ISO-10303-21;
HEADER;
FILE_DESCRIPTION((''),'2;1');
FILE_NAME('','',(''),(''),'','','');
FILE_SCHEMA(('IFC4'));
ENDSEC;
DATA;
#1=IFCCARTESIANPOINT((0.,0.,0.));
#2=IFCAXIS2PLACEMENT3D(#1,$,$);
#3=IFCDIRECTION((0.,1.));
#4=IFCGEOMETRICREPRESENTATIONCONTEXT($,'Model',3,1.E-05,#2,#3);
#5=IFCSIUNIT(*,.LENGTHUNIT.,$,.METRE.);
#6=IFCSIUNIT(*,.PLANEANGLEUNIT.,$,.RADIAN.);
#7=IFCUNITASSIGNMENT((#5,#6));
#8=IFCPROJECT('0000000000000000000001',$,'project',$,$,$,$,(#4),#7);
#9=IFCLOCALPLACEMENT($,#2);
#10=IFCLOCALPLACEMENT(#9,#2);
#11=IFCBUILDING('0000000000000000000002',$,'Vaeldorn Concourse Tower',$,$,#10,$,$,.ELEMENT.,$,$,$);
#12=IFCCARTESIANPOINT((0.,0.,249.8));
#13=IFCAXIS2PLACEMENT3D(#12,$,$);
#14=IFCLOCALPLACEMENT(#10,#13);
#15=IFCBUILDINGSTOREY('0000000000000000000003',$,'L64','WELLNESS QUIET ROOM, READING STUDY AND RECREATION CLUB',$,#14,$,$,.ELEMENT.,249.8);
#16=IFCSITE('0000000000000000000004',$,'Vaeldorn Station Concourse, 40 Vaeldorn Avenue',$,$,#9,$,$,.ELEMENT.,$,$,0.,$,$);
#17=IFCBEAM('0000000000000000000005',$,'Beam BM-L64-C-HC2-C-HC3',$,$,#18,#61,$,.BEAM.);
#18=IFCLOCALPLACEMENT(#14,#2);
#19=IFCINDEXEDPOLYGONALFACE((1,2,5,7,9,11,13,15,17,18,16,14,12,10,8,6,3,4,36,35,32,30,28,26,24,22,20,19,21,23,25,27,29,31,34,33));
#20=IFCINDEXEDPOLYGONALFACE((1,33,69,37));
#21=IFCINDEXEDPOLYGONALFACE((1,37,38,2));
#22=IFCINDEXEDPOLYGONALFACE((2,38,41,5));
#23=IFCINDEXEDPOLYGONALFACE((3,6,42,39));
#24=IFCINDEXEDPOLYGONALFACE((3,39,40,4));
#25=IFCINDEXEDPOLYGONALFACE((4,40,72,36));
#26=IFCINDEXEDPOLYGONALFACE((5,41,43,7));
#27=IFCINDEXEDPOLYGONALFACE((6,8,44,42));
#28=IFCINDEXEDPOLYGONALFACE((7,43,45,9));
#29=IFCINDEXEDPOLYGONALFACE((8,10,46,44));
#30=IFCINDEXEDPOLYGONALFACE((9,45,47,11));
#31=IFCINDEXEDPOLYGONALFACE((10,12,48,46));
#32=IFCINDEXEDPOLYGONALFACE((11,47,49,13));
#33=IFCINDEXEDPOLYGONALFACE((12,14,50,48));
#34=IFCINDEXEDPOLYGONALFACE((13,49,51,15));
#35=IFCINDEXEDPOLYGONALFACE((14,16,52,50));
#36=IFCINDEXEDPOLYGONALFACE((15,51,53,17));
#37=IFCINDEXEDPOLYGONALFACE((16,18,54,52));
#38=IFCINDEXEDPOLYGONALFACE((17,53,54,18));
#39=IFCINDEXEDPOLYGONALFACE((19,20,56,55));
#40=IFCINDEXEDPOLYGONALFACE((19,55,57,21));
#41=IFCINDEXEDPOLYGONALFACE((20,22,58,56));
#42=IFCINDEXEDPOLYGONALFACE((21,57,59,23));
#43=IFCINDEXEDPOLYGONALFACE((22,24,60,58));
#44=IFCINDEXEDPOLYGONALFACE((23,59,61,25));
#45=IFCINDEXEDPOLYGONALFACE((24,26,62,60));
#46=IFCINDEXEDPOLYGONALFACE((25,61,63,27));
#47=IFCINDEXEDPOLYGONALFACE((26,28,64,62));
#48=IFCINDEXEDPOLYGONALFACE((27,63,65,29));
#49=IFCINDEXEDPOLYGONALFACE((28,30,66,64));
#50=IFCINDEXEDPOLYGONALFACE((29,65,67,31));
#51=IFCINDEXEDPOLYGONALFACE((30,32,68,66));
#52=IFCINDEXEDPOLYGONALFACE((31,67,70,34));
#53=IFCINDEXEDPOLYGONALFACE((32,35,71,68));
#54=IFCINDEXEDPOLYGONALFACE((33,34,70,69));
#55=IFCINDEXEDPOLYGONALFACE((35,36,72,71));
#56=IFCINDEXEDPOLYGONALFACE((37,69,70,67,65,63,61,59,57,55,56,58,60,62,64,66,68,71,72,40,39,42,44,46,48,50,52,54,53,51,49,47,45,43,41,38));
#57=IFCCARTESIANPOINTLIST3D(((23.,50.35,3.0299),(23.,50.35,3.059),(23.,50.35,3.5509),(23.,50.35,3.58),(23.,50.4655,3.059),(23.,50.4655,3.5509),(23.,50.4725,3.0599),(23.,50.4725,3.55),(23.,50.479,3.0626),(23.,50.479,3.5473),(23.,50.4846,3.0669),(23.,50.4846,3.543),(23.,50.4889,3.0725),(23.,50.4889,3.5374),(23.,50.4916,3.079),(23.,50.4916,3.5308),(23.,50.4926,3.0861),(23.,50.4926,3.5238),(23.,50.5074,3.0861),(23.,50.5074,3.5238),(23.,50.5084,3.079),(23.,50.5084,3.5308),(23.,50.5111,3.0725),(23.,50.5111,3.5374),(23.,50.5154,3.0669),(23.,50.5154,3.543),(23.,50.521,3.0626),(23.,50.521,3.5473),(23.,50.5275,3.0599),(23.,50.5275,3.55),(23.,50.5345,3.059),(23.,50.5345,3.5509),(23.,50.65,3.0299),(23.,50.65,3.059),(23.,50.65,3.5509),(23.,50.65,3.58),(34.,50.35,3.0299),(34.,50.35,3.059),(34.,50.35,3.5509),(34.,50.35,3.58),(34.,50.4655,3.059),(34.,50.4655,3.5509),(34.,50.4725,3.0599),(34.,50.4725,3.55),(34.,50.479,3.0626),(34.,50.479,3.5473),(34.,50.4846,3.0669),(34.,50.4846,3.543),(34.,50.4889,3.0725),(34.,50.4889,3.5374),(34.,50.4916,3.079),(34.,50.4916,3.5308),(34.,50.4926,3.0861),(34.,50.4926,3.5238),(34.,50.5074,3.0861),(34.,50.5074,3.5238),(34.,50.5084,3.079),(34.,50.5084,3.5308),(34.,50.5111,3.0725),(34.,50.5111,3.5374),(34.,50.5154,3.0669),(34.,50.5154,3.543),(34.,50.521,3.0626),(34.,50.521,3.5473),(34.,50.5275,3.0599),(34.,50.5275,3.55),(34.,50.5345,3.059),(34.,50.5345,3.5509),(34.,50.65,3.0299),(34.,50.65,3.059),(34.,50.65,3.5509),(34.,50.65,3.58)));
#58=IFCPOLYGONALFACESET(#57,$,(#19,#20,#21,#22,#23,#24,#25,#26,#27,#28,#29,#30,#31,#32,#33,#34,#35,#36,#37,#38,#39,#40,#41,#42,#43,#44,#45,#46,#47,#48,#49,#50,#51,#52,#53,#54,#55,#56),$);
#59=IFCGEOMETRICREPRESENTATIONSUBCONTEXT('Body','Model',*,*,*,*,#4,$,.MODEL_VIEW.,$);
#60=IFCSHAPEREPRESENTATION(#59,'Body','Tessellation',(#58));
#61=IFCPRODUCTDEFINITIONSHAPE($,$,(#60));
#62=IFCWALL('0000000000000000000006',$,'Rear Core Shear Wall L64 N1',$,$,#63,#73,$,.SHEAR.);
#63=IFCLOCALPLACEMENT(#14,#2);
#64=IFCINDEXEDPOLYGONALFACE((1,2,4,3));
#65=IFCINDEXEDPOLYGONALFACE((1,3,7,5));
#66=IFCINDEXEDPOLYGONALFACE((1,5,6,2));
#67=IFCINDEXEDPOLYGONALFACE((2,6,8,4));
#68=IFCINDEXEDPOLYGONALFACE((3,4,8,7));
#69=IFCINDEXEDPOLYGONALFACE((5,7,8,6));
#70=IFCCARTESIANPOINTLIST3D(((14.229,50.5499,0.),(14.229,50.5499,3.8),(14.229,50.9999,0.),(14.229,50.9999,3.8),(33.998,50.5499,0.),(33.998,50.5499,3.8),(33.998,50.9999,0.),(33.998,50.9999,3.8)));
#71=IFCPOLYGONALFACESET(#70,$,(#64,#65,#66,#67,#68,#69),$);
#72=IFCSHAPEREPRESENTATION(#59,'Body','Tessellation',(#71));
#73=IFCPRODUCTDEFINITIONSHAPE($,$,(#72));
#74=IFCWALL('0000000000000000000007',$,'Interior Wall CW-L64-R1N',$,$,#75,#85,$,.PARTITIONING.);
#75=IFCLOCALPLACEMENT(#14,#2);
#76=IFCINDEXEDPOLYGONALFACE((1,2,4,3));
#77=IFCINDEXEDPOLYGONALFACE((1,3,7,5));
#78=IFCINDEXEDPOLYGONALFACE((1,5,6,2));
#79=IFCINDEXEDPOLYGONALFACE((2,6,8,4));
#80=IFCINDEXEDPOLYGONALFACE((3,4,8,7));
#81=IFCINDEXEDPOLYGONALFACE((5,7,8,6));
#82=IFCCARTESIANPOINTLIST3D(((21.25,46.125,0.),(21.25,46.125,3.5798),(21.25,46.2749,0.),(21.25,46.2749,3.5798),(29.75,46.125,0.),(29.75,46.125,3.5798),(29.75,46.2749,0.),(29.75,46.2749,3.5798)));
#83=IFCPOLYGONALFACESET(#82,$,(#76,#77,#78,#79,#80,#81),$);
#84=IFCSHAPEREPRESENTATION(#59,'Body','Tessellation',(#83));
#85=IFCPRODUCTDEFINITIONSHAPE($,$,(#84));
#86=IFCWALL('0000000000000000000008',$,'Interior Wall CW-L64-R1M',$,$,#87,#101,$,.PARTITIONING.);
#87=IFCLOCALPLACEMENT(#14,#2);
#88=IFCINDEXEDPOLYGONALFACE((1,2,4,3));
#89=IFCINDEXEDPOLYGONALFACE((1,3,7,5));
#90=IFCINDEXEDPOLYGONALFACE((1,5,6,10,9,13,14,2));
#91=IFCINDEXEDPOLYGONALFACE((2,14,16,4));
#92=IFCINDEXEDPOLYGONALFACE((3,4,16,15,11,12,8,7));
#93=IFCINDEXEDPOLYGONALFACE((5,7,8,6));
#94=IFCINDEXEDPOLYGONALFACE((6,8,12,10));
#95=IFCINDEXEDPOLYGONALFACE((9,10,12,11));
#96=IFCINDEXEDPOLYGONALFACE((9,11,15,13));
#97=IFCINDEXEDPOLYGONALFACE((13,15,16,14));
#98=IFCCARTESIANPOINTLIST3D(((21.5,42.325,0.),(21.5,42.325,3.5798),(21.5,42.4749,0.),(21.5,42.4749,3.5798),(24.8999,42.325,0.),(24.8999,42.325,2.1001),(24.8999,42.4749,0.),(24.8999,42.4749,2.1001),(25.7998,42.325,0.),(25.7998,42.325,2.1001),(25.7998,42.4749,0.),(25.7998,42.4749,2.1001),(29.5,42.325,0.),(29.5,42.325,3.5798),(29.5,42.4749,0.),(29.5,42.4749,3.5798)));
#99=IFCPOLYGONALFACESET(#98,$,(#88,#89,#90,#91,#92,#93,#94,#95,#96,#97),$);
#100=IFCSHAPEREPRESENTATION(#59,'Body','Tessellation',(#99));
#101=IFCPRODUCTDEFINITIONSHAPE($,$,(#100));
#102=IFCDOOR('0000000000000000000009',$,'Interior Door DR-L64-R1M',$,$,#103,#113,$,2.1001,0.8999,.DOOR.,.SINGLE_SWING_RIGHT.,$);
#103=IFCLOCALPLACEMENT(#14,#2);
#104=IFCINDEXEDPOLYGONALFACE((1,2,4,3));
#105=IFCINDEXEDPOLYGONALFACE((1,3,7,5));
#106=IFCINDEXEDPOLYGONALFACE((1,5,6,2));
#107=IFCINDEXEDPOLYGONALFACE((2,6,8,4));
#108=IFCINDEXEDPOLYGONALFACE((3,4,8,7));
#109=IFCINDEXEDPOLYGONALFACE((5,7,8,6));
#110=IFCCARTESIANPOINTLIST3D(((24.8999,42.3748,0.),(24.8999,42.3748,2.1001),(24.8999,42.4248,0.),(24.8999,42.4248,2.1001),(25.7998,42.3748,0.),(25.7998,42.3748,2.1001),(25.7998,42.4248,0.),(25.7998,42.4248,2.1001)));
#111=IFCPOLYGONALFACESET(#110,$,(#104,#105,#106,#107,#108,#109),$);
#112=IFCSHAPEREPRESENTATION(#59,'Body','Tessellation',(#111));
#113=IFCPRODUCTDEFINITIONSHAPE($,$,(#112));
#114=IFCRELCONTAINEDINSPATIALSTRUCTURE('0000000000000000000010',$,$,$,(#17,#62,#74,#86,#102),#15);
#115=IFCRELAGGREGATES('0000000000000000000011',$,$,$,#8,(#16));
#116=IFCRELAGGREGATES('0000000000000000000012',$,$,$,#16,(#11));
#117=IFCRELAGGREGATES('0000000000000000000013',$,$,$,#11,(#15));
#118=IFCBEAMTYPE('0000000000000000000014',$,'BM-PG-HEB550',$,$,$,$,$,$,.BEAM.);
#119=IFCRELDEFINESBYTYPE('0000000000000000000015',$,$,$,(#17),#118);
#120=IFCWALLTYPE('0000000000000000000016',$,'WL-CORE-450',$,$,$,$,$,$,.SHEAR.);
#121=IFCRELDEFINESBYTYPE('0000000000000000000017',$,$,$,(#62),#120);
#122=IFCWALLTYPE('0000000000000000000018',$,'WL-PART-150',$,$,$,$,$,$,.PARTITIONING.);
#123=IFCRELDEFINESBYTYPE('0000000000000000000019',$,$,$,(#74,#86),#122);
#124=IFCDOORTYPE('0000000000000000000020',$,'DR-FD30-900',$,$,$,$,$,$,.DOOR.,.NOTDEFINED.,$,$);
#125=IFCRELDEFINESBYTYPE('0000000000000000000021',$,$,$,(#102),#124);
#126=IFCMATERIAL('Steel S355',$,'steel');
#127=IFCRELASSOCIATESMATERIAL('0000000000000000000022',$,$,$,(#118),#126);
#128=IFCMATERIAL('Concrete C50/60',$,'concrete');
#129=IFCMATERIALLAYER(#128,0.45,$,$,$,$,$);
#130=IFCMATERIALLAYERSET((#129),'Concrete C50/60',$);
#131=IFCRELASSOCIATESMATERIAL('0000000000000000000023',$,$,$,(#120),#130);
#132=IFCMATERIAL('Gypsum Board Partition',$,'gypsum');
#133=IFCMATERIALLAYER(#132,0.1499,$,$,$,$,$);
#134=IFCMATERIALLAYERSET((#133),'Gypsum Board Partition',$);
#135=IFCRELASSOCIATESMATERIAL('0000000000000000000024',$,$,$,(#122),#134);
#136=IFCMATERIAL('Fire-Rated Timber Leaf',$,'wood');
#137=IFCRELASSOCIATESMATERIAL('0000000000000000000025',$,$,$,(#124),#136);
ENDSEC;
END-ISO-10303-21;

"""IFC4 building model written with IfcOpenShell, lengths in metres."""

from ifc_helpers import new_model, si_unit, direction, frame, frame_2d, origin, origin_2d, place, context, subcontext, project, spatial, rectangle, i_section, extrude, source, transform, mapped, material, layer, layer_set, material_profile, profile_set, type_object, element, fill, save


model = new_model("IFC4")

# Units and contexts
model_context = context("Model", 3, precision=1e-05, world=origin(), true_north=direction((0.0, 1.0)))
body_context = subcontext(model_context, "Body", "Model", "MODEL_VIEW")
ifc_project = project(units=[si_unit("LENGTHUNIT", "METRE"), si_unit("PLANEANGLEUNIT", "RADIAN")], contexts=[model_context])

# Site, building, storey
site_placement = place(None, origin())
site = spatial("IfcSite", under=ifc_project, at=site_placement, Name="Vaeldorn Station Concourse, 40 Vaeldorn Avenue", CompositionType="ELEMENT", RefElevation=0.0)
building_placement = place(site_placement, origin())
building = spatial("IfcBuilding", under=site, at=building_placement, Name="Vaeldorn Concourse Tower", CompositionType="ELEMENT")
storey_placement = place(building_placement, frame((0.0, 0.0, 249.8)))
storey = spatial("IfcBuildingStorey", under=building, at=storey_placement, Name="L64", Description="WELLNESS QUIET ROOM, READING STUDY AND RECREATION CLUB", CompositionType="ELEMENT", Elevation=249.8)

# Beam
ifc_material_1 = material(Name="Steel S355", Category="steel")
ifc_material_profile_1 = material_profile(ifc_material_1, i_section(OverallWidth=0.3, OverallDepth=0.55, WebThickness=0.0149, FlangeThickness=0.0291, FilletRadius=0.0271, at=origin_2d()), Name="HEB 550")
ifc_profile_set_1 = profile_set([ifc_material_profile_1], Name="Steel S355")
beam_type_1 = type_object("IfcBeamType", Name="BM-PG-HEB550", PredefinedType="BEAM", material=ifc_profile_set_1)
shared_shape_1 = source(origin(), body_context, "Body", "SweptSolid", [
    extrude(i_section(OverallWidth=0.3, OverallDepth=0.55, WebThickness=0.0149, FlangeThickness=0.0291, FilletRadius=0.0271, at=origin_2d()), origin(), (0.0, 0.0, 1.0), 11.0),
])
beam_1_placement = place(storey_placement, frame((23.0, 50.5, 3.3049), z_axis=(1.0, 0.0, 0.0), x_axis=(0.0, 1.0, 0.0)))
element("IfcBeam", 1, at=beam_1_placement, inside=storey, type_object=beam_type_1, Name="Beam BM-L64-C-HC2-C-HC3", PredefinedType="BEAM", context=body_context, shape_type="MappedRepresentation", body=[
    mapped(shared_shape_1, transform((0.0, 0.0, 0.0), scale=1.0)),
])

# Walls
ifc_material_2 = material(Name="Concrete C50/60", Category="concrete")
ifc_layer_1 = layer(ifc_material_2, 0.45)
ifc_layer_set_1 = layer_set([ifc_layer_1], Name="Concrete C50/60")
wall_type_1 = type_object("IfcWallType", Name="WL-CORE-450", PredefinedType="SHEAR", material=ifc_layer_set_1)
wall_1_placement = place(storey_placement, frame((14.229, 50.7749, 0.0), z_axis=(0.0, 0.0, 1.0), x_axis=(1.0, 0.0, 0.0)))
element("IfcWall", 2, at=wall_1_placement, inside=storey, type_object=wall_type_1, Name="Rear Core Shear Wall L64 N1", PredefinedType="SHEAR", context=body_context, shape_type="SweptSolid", body=[
    extrude(rectangle(XDim=19.769, YDim=0.45, at=frame_2d((9.8845, 0.0))), origin(), (0.0, 0.0, 1.0), 3.8),
])
ifc_material_3 = material(Name="Gypsum Board Partition", Category="gypsum")
ifc_layer_2 = layer(ifc_material_3, 0.1499)
ifc_layer_set_2 = layer_set([ifc_layer_2], Name="Gypsum Board Partition")
wall_type_2 = type_object("IfcWallType", Name="WL-PART-150", PredefinedType="PARTITIONING", material=ifc_layer_set_2)
wall_2_placement = place(storey_placement, frame((21.25, 46.2, 0.0), z_axis=(0.0, 0.0, 1.0), x_axis=(1.0, 0.0, 0.0)))
element("IfcWall", 3, at=wall_2_placement, inside=storey, type_object=wall_type_2, Name="Interior Wall CW-L64-R1N", PredefinedType="PARTITIONING", context=body_context, shape_type="SweptSolid", body=[
    extrude(rectangle(XDim=8.5, YDim=0.1499, at=frame_2d((4.25, 0.0))), origin(), (0.0, 0.0, 1.0), 3.5798),
])

# Wall, opening, door
wall_3_placement = place(storey_placement, frame((21.5, 42.3999, 0.0), z_axis=(0.0, 0.0, 1.0), x_axis=(1.0, 0.0, 0.0)))
wall_3 = element("IfcWall", 4, at=wall_3_placement, inside=storey, type_object=wall_type_2, Name="Interior Wall CW-L64-R1M", PredefinedType="PARTITIONING", context=body_context, shape_type="SweptSolid", body=[
    extrude(rectangle(XDim=8.0, YDim=0.1499, at=frame_2d((4.0, 0.0))), origin(), (0.0, 0.0, 1.0), 3.5798),
])
opening_1_placement = place(wall_3_placement, frame((3.3999, 0.0, 0.0)))
opening_1 = element("IfcOpeningElement", 5, at=opening_1_placement, cuts=wall_3, PredefinedType="OPENING", context=body_context, shape_type="SweptSolid", body=[
    extrude(rectangle(XDim=0.8999, YDim=2.1001, at=frame_2d((0.45, 1.05))), frame((0.0, 0.085, 0.0), z_axis=(0.0, -1.0, 0.0), x_axis=(1.0, 0.0, 0.0)), (0.0, 0.0, 1.0), 0.1699),
])
ifc_material_4 = material(Name="Fire-Rated Timber Leaf", Category="wood")
door_type_1 = type_object("IfcDoorType", Name="DR-FD30-900", OperationType="NOTDEFINED", PredefinedType="DOOR", material=ifc_material_4)
shared_shape_2 = source(origin(), body_context, "Body", "SweptSolid", [
    extrude(rectangle(XDim=0.8999, YDim=2.1001, at=frame_2d((0.45, 1.05))), frame((0.0, 0.0249, 0.0), z_axis=(0.0, -1.0, 0.0), x_axis=(1.0, 0.0, 0.0)), (0.0, 0.0, 1.0), 0.05),
])
door_1_placement = place(opening_1_placement, origin())
door_1 = element("IfcDoor", 6, at=door_1_placement, inside=storey, type_object=door_type_1, Name="Interior Door DR-L64-R1M", OperationType="SINGLE_SWING_RIGHT", OverallHeight=2.1001, OverallWidth=0.8999, PredefinedType="DOOR", context=body_context, shape_type="MappedRepresentation", body=[
    mapped(shared_shape_2, transform((0.0, 0.0, 0.0), scale=1.0)),
])
fill(opening_1, door_1)

save(model, "model.ifc")
